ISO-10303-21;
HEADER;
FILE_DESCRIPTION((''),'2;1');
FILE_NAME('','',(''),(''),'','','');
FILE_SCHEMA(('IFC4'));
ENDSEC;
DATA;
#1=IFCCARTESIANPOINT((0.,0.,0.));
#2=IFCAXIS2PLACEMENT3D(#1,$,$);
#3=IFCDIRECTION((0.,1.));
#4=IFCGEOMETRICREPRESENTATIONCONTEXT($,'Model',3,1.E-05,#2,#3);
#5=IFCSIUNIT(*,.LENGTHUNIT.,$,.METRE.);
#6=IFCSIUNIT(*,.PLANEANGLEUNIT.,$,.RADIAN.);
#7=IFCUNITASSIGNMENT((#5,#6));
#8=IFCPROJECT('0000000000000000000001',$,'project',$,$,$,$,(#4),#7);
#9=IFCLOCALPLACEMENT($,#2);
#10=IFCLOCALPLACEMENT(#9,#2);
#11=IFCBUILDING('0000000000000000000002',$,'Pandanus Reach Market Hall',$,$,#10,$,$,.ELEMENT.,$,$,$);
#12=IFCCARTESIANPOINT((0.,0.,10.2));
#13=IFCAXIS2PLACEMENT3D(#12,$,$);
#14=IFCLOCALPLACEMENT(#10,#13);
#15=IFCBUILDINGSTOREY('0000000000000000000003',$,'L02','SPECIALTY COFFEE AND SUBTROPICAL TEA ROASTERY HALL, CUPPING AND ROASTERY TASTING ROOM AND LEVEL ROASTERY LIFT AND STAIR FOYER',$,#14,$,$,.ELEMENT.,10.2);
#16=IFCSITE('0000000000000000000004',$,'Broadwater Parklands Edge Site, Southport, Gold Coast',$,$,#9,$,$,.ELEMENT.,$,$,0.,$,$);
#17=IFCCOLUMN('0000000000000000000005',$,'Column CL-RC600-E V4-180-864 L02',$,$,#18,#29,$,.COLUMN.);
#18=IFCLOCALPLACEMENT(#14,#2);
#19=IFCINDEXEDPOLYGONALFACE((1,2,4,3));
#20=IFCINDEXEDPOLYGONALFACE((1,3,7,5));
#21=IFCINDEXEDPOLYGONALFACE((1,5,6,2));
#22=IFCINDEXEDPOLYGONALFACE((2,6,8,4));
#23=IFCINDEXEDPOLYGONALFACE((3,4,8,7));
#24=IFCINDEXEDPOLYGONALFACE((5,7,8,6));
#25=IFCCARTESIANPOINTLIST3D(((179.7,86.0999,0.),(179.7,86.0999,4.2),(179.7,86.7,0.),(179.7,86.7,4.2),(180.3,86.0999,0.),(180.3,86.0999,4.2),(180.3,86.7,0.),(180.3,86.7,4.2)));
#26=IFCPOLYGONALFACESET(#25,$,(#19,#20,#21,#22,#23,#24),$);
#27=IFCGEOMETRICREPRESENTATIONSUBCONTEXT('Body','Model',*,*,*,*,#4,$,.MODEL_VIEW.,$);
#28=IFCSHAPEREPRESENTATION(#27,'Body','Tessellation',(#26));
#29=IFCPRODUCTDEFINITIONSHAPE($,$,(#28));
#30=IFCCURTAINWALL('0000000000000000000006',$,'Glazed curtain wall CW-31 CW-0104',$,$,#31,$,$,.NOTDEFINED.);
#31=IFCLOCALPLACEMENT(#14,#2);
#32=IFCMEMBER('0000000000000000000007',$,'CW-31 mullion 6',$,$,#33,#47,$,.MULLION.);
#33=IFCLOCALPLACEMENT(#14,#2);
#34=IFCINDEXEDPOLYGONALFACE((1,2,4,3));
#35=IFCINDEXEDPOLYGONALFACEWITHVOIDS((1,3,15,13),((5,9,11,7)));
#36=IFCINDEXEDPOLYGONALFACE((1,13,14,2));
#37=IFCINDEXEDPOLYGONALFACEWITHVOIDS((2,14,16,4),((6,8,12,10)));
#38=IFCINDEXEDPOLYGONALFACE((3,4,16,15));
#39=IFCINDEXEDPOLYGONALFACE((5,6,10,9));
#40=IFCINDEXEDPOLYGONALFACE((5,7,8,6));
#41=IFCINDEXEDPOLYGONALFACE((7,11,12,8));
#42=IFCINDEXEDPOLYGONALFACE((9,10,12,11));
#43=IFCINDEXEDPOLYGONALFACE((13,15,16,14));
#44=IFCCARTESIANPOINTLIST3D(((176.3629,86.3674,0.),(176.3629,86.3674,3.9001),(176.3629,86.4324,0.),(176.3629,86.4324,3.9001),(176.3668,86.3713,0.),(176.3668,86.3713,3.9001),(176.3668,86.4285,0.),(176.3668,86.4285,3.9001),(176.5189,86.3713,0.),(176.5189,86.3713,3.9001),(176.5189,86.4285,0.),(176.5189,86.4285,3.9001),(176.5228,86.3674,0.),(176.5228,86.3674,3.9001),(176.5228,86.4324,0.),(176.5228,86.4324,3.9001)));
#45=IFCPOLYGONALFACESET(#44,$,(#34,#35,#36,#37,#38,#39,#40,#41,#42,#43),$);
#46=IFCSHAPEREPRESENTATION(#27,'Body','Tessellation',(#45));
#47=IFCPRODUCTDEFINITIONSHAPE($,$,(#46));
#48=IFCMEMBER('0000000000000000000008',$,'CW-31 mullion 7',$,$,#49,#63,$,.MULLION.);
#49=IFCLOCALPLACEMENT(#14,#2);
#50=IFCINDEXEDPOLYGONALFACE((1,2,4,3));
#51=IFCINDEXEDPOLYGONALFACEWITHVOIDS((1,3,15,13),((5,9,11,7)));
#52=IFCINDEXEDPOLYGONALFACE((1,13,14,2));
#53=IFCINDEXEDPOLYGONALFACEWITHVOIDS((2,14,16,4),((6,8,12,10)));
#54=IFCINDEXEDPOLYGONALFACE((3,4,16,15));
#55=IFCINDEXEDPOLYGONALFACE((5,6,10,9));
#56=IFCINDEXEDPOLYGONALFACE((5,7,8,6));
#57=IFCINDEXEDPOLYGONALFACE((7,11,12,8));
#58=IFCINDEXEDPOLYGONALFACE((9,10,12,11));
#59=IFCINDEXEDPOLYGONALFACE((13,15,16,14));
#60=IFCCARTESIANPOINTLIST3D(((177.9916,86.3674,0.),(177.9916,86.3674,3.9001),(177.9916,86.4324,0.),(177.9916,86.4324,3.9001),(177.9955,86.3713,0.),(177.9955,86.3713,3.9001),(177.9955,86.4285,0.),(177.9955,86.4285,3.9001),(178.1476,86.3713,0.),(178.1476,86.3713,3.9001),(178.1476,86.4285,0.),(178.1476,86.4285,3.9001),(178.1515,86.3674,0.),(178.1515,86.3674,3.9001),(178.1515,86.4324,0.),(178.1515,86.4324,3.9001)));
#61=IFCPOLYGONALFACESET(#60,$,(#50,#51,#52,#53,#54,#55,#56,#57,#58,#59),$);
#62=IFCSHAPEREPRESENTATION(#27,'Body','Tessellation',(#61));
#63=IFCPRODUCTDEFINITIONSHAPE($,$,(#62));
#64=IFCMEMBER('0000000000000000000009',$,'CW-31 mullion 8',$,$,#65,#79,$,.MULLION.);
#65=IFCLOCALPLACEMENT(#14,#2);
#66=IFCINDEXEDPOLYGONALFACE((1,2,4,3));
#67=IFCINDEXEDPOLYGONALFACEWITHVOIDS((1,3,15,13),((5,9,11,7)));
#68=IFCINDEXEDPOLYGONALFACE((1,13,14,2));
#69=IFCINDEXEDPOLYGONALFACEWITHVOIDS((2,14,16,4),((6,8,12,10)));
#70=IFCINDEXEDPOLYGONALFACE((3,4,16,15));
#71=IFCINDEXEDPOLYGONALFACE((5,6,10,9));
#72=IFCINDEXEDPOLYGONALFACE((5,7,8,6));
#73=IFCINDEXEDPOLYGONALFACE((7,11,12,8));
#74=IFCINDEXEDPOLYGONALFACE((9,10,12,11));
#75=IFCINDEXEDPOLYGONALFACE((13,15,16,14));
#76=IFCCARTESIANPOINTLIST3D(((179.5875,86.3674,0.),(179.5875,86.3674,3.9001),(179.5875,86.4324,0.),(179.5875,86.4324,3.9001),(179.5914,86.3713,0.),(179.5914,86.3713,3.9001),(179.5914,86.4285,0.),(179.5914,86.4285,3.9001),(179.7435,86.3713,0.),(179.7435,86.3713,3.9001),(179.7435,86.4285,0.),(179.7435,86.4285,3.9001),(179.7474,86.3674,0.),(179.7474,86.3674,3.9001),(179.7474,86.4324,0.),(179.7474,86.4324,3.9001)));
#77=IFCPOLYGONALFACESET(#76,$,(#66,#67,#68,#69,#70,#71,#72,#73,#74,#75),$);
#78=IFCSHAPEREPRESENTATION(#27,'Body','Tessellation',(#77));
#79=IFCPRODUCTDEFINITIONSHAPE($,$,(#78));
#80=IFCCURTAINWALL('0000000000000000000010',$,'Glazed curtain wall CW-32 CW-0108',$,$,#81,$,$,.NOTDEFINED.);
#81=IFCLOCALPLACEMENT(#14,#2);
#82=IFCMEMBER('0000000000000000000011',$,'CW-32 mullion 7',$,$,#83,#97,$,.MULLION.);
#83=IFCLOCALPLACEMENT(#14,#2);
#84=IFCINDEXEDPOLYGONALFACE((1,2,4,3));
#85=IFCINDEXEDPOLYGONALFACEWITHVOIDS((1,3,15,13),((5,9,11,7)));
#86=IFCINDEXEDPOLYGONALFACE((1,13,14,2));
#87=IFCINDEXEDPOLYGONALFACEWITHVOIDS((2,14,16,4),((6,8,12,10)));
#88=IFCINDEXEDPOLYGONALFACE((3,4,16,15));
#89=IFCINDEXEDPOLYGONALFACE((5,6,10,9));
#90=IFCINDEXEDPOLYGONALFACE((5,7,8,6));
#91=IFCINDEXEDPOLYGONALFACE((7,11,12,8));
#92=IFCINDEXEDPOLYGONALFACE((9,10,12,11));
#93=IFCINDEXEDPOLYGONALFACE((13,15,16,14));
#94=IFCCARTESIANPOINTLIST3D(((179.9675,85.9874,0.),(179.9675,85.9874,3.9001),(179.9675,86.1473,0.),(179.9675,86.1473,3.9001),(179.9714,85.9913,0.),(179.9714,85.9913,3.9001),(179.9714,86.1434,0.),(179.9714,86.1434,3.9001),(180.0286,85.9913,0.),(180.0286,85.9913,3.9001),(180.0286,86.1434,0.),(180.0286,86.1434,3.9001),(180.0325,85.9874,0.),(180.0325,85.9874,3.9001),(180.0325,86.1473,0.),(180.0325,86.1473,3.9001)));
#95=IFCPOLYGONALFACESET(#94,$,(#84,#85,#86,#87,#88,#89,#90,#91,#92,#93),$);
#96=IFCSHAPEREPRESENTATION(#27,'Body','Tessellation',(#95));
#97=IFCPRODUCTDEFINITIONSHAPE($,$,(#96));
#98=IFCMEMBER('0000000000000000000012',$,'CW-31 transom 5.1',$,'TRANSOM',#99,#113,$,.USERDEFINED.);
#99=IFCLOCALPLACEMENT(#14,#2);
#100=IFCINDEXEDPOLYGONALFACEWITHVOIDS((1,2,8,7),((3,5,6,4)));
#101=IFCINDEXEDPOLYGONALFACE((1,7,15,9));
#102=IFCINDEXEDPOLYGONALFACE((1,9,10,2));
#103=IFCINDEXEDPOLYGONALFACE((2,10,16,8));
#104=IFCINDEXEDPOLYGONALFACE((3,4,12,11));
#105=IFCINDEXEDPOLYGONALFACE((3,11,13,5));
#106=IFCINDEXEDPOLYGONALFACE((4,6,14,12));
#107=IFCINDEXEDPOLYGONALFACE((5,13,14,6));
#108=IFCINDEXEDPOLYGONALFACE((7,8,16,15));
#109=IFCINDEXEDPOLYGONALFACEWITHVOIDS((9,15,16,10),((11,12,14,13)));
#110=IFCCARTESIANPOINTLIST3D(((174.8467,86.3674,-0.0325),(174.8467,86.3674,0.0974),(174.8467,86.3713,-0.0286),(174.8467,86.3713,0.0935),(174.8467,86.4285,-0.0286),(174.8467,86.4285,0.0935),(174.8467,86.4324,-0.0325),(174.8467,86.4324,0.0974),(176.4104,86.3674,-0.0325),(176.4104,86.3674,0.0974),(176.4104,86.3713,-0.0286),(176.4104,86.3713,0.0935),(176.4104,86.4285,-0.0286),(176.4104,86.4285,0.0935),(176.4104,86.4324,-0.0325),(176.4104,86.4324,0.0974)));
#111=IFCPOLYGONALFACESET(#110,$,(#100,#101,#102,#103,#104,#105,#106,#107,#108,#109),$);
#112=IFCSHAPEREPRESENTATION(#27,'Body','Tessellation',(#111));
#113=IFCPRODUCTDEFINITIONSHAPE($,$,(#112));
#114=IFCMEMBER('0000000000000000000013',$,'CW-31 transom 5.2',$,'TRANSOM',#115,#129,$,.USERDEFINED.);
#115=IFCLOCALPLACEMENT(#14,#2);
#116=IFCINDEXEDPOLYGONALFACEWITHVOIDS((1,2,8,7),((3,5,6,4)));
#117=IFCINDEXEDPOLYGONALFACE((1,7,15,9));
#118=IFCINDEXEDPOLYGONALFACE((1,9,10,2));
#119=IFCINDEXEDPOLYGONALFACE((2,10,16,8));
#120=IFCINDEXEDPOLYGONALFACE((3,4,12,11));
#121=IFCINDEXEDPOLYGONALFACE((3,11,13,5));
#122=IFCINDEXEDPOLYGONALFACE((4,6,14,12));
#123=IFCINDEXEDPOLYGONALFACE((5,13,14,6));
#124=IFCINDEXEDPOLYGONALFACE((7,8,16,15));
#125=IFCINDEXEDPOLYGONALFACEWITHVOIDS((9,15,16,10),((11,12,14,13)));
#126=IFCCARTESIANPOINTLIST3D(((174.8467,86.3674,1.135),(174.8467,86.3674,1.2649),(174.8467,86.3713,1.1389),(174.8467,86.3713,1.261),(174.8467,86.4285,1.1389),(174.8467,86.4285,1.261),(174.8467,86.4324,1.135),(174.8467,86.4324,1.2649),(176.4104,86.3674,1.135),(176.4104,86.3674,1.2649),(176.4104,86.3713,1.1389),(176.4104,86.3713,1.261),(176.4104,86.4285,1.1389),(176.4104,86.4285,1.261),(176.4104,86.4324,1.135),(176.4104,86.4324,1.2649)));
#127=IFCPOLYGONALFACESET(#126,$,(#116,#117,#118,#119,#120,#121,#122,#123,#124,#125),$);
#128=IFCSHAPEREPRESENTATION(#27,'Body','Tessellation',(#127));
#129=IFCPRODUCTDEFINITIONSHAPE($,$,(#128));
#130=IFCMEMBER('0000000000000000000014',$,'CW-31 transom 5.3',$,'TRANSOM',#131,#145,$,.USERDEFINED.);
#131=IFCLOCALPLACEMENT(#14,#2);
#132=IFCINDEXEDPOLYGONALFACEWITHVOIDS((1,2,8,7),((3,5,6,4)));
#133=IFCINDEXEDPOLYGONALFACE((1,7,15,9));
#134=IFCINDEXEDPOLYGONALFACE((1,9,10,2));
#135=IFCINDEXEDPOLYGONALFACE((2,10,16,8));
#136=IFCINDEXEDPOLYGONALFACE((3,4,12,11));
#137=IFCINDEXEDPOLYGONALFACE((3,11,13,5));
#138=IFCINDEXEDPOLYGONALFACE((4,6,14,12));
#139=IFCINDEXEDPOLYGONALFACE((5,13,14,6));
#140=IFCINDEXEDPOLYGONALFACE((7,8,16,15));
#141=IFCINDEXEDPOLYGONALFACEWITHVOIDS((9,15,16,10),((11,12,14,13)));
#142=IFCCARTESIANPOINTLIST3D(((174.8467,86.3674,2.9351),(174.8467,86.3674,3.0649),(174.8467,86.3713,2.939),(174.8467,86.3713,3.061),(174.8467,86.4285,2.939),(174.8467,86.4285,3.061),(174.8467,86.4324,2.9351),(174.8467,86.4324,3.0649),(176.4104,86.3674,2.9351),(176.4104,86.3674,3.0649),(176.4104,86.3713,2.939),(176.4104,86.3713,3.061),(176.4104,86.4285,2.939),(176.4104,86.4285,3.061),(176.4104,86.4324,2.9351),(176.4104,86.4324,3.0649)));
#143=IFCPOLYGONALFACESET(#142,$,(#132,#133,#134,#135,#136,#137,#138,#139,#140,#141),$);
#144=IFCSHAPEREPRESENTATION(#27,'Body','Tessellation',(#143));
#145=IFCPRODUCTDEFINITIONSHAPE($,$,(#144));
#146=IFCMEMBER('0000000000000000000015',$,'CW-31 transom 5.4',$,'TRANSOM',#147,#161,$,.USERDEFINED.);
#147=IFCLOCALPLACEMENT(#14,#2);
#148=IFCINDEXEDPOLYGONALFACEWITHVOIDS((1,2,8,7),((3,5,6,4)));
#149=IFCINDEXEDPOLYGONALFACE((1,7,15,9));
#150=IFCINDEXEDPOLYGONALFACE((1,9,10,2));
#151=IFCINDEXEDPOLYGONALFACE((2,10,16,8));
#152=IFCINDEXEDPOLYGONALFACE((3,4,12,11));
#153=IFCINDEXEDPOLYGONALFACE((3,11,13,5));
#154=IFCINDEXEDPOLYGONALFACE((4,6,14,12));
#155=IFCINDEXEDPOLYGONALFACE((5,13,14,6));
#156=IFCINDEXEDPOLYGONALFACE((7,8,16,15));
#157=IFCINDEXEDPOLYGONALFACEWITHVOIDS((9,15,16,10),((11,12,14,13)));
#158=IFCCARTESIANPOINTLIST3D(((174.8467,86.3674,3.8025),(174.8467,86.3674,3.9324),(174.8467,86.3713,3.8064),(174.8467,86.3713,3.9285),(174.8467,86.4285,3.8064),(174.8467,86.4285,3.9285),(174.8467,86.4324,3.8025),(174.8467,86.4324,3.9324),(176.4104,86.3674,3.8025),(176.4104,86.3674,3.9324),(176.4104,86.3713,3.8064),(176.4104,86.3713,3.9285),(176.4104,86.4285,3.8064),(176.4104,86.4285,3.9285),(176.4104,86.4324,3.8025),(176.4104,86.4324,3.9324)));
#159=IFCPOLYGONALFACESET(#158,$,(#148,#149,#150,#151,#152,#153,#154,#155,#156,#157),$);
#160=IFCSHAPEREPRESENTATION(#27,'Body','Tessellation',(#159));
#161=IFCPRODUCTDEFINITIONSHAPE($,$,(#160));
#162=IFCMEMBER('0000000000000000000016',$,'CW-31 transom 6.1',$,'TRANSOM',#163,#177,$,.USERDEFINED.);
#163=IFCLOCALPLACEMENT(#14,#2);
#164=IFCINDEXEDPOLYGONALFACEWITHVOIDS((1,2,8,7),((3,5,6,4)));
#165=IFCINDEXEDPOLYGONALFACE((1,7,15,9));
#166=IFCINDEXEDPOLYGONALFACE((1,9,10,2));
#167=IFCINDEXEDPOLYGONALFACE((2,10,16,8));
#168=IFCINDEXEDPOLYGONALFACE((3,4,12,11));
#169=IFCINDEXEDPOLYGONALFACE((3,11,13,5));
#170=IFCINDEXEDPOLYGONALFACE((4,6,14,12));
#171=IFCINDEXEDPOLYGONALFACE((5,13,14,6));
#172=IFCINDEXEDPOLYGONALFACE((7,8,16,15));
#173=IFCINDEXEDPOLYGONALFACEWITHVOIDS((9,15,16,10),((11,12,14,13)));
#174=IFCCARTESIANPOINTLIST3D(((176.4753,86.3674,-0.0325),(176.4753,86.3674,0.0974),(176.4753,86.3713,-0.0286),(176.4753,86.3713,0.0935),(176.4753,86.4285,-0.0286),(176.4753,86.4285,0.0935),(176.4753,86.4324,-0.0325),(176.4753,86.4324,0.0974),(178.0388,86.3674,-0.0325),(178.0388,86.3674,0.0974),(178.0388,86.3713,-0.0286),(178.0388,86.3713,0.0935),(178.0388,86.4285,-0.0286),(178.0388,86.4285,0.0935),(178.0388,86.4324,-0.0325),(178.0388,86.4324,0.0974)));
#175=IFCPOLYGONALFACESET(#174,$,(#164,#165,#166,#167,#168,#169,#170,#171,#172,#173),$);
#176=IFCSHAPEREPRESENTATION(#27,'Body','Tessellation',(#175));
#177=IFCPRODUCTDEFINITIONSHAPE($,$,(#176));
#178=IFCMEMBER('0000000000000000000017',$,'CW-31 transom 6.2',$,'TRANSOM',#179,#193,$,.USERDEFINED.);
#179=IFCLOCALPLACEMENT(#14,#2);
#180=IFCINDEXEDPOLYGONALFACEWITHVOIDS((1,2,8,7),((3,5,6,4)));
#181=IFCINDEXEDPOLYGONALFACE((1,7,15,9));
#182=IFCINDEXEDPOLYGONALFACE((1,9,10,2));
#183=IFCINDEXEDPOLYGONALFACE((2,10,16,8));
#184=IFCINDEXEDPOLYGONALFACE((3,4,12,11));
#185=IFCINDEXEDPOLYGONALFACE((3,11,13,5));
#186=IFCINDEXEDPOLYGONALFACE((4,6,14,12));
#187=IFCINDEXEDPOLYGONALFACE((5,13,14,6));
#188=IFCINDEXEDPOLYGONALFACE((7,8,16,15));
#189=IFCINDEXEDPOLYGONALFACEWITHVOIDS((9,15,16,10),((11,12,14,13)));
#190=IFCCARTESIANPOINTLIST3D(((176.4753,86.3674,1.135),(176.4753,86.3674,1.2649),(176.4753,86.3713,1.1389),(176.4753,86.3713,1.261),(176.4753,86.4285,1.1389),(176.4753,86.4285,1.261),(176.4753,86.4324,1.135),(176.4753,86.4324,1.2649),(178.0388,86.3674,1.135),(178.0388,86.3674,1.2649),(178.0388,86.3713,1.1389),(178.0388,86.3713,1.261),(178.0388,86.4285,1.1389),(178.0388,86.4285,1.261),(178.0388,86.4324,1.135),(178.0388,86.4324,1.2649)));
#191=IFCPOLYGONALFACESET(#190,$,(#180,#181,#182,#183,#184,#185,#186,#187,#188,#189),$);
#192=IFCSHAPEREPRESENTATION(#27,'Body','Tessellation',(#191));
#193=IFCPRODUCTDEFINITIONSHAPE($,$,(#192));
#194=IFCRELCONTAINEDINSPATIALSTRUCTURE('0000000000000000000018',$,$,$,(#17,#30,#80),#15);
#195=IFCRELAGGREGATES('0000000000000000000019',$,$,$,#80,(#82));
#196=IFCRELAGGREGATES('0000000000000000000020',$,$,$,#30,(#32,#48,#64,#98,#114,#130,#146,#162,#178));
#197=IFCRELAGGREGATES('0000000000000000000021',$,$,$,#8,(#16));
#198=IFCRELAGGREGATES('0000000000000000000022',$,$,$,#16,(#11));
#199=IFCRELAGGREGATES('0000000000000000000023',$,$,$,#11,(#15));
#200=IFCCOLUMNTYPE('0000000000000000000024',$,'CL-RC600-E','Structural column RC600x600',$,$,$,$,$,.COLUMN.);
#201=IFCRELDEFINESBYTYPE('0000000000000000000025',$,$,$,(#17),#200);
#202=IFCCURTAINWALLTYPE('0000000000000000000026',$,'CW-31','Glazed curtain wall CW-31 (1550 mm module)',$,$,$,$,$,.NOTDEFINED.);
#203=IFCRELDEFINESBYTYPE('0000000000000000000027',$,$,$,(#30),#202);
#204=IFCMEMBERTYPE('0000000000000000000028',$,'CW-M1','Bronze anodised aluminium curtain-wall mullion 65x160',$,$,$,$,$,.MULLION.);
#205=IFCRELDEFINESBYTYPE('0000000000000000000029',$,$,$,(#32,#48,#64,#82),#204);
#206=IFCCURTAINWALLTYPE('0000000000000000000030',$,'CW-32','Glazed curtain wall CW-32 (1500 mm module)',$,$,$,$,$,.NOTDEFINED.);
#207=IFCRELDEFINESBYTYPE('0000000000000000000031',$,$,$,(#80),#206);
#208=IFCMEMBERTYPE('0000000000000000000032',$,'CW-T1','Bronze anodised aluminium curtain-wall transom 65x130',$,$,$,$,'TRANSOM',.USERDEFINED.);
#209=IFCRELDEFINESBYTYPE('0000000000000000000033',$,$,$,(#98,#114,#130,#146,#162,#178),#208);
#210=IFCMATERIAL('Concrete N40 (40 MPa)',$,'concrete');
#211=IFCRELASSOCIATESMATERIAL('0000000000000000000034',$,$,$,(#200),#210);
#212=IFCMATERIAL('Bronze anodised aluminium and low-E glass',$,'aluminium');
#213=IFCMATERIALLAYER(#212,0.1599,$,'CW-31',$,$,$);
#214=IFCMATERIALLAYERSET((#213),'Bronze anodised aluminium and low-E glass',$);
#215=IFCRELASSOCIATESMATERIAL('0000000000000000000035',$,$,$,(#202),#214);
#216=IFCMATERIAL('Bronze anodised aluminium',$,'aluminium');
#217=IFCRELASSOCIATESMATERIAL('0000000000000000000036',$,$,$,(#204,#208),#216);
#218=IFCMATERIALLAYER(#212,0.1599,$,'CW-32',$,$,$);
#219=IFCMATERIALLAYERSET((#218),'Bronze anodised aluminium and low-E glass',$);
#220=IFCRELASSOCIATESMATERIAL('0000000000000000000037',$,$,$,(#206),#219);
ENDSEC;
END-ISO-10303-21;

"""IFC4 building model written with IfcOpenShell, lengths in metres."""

from ifc_helpers import new_model, si_unit, direction, frame, origin, origin_2d, place, context, subcontext, project, spatial, rectangle, hollow_rectangle, extrude, material, layer, layer_set, material_profile, profile_set, type_object, element, aggregate, save


model = new_model("IFC4")

# Units and contexts
model_context = context("Model", 3, precision=1e-05, world=origin(), true_north=direction((0.0, 1.0)))
body_context = subcontext(model_context, "Body", "Model", "MODEL_VIEW")
ifc_project = project(units=[si_unit("LENGTHUNIT", "METRE"), si_unit("PLANEANGLEUNIT", "RADIAN")], contexts=[model_context])

# Site, building, storey
site_placement = place(None, origin())
site = spatial("IfcSite", under=ifc_project, at=site_placement, Name="Broadwater Parklands Edge Site, Southport, Gold Coast", CompositionType="ELEMENT", RefElevation=0.0)
building_placement = place(site_placement, origin())
building = spatial("IfcBuilding", under=site, at=building_placement, Name="Pandanus Reach Market Hall", CompositionType="ELEMENT")
storey_placement = place(building_placement, frame((0.0, 0.0, 10.2)))
storey = spatial("IfcBuildingStorey", under=building, at=storey_placement, Name="L02", Description="SPECIALTY COFFEE AND SUBTROPICAL TEA ROASTERY HALL, CUPPING AND ROASTERY TASTING ROOM AND LEVEL ROASTERY LIFT AND STAIR FOYER", CompositionType="ELEMENT", Elevation=10.2)

# Column
ifc_material_1 = material(Name="Concrete N40 (40 MPa)", Category="concrete")
ifc_material_profile_1 = material_profile(ifc_material_1, rectangle(XDim=0.6001, YDim=0.6001, at=origin_2d()), Name="RC600x600", Category="LoadBearing")
ifc_profile_set_1 = profile_set([ifc_material_profile_1], Name="Concrete N40 (40 MPa)")
column_type = type_object("IfcColumnType", Name="CL-RC600-E", Description="Structural column RC600x600", PredefinedType="COLUMN", material=ifc_profile_set_1)
column_placement = place(storey_placement, frame((180.0, 86.3999, 0.0), z_axis=(0.0, 0.0, 1.0), x_axis=(1.0, 0.0, 0.0)))
element("IfcColumn", 1, at=column_placement, inside=storey, type_object=column_type, Name="Column CL-RC600-E V4-180-864 L02", PredefinedType="COLUMN", context=body_context, shape_type="SweptSolid", body=[
    extrude(rectangle(XDim=0.6001, YDim=0.6001, at=origin_2d()), origin(), (0.0, 0.0, 1.0), 4.2),
])

# Curtain wall, members
ifc_material_2 = material(Name="Bronze anodised aluminium and low-E glass", Category="aluminium")
ifc_layer_1 = layer(ifc_material_2, 0.1599, Name="CW-31")
ifc_layer_set_1 = layer_set([ifc_layer_1], Name="Bronze anodised aluminium and low-E glass")
curtain_wall_type_1 = type_object("IfcCurtainWallType", Name="CW-31", Description="Glazed curtain wall CW-31 (1550 mm module)", PredefinedType="NOTDEFINED", material=ifc_layer_set_1)
curtain_wall_1_placement = place(storey_placement, origin())
curtain_wall_1 = element("IfcCurtainWall", 2, at=curtain_wall_1_placement, inside=storey, type_object=curtain_wall_type_1, Name="Glazed curtain wall CW-31 CW-0104", PredefinedType="NOTDEFINED")
ifc_material_3 = material(Name="Bronze anodised aluminium", Category="aluminium")
ifc_material_profile_2 = material_profile(ifc_material_3, hollow_rectangle(XDim=0.0649, YDim=0.1599, WallThickness=0.0039, at=origin_2d()), Name="ALU65x160", Category="LoadBearing")
ifc_profile_set_2 = profile_set([ifc_material_profile_2], Name="Bronze anodised aluminium")
member_type_1 = type_object("IfcMemberType", Name="CW-M1", Description="Bronze anodised aluminium curtain-wall mullion 65x160", PredefinedType="MULLION", material=ifc_profile_set_2)
member_1_placement = place(storey_placement, frame((176.4429, 86.3999, 0.0), z_axis=(0.0, 0.0, 1.0), x_axis=(0.0, 1.0, 0.0)))
member_1 = element("IfcMember", 3, at=member_1_placement, type_object=member_type_1, Name="CW-31 mullion 6", PredefinedType="MULLION", context=body_context, shape_type="SweptSolid", body=[
    extrude(hollow_rectangle(XDim=0.0649, YDim=0.1599, WallThickness=0.0039, at=origin_2d()), origin(), (0.0, 0.0, 1.0), 3.9001),
])
member_2_placement = place(storey_placement, frame((178.0715, 86.3999, 0.0), z_axis=(0.0, 0.0, 1.0), x_axis=(0.0, 1.0, 0.0)))
member_2 = element("IfcMember", 4, at=member_2_placement, type_object=member_type_1, Name="CW-31 mullion 7", PredefinedType="MULLION", context=body_context, shape_type="SweptSolid", body=[
    extrude(hollow_rectangle(XDim=0.0649, YDim=0.1599, WallThickness=0.0039, at=origin_2d()), origin(), (0.0, 0.0, 1.0), 3.9001),
])
member_3_placement = place(storey_placement, frame((179.6675, 86.3999, 0.0), z_axis=(0.0, 0.0, 1.0), x_axis=(0.0, 1.0, 0.0)))
member_3 = element("IfcMember", 5, at=member_3_placement, type_object=member_type_1, Name="CW-31 mullion 8", PredefinedType="MULLION", context=body_context, shape_type="SweptSolid", body=[
    extrude(hollow_rectangle(XDim=0.0649, YDim=0.1599, WallThickness=0.0039, at=origin_2d()), origin(), (0.0, 0.0, 1.0), 3.9001),
])

# Curtain wall, member
ifc_layer_2 = layer(ifc_material_2, 0.1599, Name="CW-32")
ifc_layer_set_2 = layer_set([ifc_layer_2], Name="Bronze anodised aluminium and low-E glass")
curtain_wall_type_2 = type_object("IfcCurtainWallType", Name="CW-32", Description="Glazed curtain wall CW-32 (1500 mm module)", PredefinedType="NOTDEFINED", material=ifc_layer_set_2)
curtain_wall_2_placement = place(storey_placement, origin())
curtain_wall_2 = element("IfcCurtainWall", 6, at=curtain_wall_2_placement, inside=storey, type_object=curtain_wall_type_2, Name="Glazed curtain wall CW-32 CW-0108", PredefinedType="NOTDEFINED")
member_4_placement = place(storey_placement, frame((180.0, 86.0674, 0.0), z_axis=(0.0, 0.0, 1.0), x_axis=(-1.0, 0.0, 0.0)))
member_4 = element("IfcMember", 7, at=member_4_placement, type_object=member_type_1, Name="CW-32 mullion 7", PredefinedType="MULLION", context=body_context, shape_type="SweptSolid", body=[
    extrude(hollow_rectangle(XDim=0.0649, YDim=0.1599, WallThickness=0.0039, at=origin_2d()), origin(), (0.0, 0.0, 1.0), 3.9001),
])
aggregate(curtain_wall_2, [member_4])

# Members
ifc_material_profile_3 = material_profile(ifc_material_3, hollow_rectangle(XDim=0.0649, YDim=0.1299, WallThickness=0.0039, at=origin_2d()), Name="ALU65x130", Category="LoadBearing")
ifc_profile_set_3 = profile_set([ifc_material_profile_3], Name="Bronze anodised aluminium")
member_type_2 = type_object("IfcMemberType", Name="CW-T1", Description="Bronze anodised aluminium curtain-wall transom 65x130", ElementType="TRANSOM", PredefinedType="USERDEFINED", material=ifc_profile_set_3)
member_5_placement = place(storey_placement, frame((174.8467, 86.3999, 0.0325), z_axis=(1.0, 0.0, 0.0), x_axis=(0.0, 1.0, 0.0)))
member_5 = element("IfcMember", 8, at=member_5_placement, type_object=member_type_2, Name="CW-31 transom 5.1", ObjectType="TRANSOM", PredefinedType="USERDEFINED", context=body_context, shape_type="SweptSolid", body=[
    extrude(hollow_rectangle(XDim=0.0649, YDim=0.1299, WallThickness=0.0039, at=origin_2d()), origin(), (0.0, 0.0, 1.0), 1.5637),
])
member_6_placement = place(storey_placement, frame((174.8467, 86.3999, 1.2), z_axis=(1.0, 0.0, 0.0), x_axis=(0.0, 1.0, 0.0)))
member_6 = element("IfcMember", 9, at=member_6_placement, type_object=member_type_2, Name="CW-31 transom 5.2", ObjectType="TRANSOM", PredefinedType="USERDEFINED", context=body_context, shape_type="SweptSolid", body=[
    extrude(hollow_rectangle(XDim=0.0649, YDim=0.1299, WallThickness=0.0039, at=origin_2d()), origin(), (0.0, 0.0, 1.0), 1.5637),
])
member_7_placement = place(storey_placement, frame((174.8467, 86.3999, 3.0), z_axis=(1.0, 0.0, 0.0), x_axis=(0.0, 1.0, 0.0)))
member_7 = element("IfcMember", 10, at=member_7_placement, type_object=member_type_2, Name="CW-31 transom 5.3", ObjectType="TRANSOM", PredefinedType="USERDEFINED", context=body_context, shape_type="SweptSolid", body=[
    extrude(hollow_rectangle(XDim=0.0649, YDim=0.1299, WallThickness=0.0039, at=origin_2d()), origin(), (0.0, 0.0, 1.0), 1.5637),
])
member_8_placement = place(storey_placement, frame((174.8467, 86.3999, 3.8674), z_axis=(1.0, 0.0, 0.0), x_axis=(0.0, 1.0, 0.0)))
member_8 = element("IfcMember", 11, at=member_8_placement, type_object=member_type_2, Name="CW-31 transom 5.4", ObjectType="TRANSOM", PredefinedType="USERDEFINED", context=body_context, shape_type="SweptSolid", body=[
    extrude(hollow_rectangle(XDim=0.0649, YDim=0.1299, WallThickness=0.0039, at=origin_2d()), origin(), (0.0, 0.0, 1.0), 1.5637),
])
member_9_placement = place(storey_placement, frame((176.4753, 86.3999, 0.0325), z_axis=(1.0, 0.0, 0.0), x_axis=(0.0, 1.0, 0.0)))
member_9 = element("IfcMember", 12, at=member_9_placement, type_object=member_type_2, Name="CW-31 transom 6.1", ObjectType="TRANSOM", PredefinedType="USERDEFINED", context=body_context, shape_type="SweptSolid", body=[
    extrude(hollow_rectangle(XDim=0.0649, YDim=0.1299, WallThickness=0.0039, at=origin_2d()), origin(), (0.0, 0.0, 1.0), 1.5635),
])
member_10_placement = place(storey_placement, frame((176.4753, 86.3999, 1.2), z_axis=(1.0, 0.0, 0.0), x_axis=(0.0, 1.0, 0.0)))
member_10 = element("IfcMember", 13, at=member_10_placement, type_object=member_type_2, Name="CW-31 transom 6.2", ObjectType="TRANSOM", PredefinedType="USERDEFINED", context=body_context, shape_type="SweptSolid", body=[
    extrude(hollow_rectangle(XDim=0.0649, YDim=0.1299, WallThickness=0.0039, at=origin_2d()), origin(), (0.0, 0.0, 1.0), 1.5635),
])

aggregate(curtain_wall_1, [member_1, member_2, member_3, member_5, member_6, member_7, member_8, member_9, member_10])

save(model, "model.ifc")
